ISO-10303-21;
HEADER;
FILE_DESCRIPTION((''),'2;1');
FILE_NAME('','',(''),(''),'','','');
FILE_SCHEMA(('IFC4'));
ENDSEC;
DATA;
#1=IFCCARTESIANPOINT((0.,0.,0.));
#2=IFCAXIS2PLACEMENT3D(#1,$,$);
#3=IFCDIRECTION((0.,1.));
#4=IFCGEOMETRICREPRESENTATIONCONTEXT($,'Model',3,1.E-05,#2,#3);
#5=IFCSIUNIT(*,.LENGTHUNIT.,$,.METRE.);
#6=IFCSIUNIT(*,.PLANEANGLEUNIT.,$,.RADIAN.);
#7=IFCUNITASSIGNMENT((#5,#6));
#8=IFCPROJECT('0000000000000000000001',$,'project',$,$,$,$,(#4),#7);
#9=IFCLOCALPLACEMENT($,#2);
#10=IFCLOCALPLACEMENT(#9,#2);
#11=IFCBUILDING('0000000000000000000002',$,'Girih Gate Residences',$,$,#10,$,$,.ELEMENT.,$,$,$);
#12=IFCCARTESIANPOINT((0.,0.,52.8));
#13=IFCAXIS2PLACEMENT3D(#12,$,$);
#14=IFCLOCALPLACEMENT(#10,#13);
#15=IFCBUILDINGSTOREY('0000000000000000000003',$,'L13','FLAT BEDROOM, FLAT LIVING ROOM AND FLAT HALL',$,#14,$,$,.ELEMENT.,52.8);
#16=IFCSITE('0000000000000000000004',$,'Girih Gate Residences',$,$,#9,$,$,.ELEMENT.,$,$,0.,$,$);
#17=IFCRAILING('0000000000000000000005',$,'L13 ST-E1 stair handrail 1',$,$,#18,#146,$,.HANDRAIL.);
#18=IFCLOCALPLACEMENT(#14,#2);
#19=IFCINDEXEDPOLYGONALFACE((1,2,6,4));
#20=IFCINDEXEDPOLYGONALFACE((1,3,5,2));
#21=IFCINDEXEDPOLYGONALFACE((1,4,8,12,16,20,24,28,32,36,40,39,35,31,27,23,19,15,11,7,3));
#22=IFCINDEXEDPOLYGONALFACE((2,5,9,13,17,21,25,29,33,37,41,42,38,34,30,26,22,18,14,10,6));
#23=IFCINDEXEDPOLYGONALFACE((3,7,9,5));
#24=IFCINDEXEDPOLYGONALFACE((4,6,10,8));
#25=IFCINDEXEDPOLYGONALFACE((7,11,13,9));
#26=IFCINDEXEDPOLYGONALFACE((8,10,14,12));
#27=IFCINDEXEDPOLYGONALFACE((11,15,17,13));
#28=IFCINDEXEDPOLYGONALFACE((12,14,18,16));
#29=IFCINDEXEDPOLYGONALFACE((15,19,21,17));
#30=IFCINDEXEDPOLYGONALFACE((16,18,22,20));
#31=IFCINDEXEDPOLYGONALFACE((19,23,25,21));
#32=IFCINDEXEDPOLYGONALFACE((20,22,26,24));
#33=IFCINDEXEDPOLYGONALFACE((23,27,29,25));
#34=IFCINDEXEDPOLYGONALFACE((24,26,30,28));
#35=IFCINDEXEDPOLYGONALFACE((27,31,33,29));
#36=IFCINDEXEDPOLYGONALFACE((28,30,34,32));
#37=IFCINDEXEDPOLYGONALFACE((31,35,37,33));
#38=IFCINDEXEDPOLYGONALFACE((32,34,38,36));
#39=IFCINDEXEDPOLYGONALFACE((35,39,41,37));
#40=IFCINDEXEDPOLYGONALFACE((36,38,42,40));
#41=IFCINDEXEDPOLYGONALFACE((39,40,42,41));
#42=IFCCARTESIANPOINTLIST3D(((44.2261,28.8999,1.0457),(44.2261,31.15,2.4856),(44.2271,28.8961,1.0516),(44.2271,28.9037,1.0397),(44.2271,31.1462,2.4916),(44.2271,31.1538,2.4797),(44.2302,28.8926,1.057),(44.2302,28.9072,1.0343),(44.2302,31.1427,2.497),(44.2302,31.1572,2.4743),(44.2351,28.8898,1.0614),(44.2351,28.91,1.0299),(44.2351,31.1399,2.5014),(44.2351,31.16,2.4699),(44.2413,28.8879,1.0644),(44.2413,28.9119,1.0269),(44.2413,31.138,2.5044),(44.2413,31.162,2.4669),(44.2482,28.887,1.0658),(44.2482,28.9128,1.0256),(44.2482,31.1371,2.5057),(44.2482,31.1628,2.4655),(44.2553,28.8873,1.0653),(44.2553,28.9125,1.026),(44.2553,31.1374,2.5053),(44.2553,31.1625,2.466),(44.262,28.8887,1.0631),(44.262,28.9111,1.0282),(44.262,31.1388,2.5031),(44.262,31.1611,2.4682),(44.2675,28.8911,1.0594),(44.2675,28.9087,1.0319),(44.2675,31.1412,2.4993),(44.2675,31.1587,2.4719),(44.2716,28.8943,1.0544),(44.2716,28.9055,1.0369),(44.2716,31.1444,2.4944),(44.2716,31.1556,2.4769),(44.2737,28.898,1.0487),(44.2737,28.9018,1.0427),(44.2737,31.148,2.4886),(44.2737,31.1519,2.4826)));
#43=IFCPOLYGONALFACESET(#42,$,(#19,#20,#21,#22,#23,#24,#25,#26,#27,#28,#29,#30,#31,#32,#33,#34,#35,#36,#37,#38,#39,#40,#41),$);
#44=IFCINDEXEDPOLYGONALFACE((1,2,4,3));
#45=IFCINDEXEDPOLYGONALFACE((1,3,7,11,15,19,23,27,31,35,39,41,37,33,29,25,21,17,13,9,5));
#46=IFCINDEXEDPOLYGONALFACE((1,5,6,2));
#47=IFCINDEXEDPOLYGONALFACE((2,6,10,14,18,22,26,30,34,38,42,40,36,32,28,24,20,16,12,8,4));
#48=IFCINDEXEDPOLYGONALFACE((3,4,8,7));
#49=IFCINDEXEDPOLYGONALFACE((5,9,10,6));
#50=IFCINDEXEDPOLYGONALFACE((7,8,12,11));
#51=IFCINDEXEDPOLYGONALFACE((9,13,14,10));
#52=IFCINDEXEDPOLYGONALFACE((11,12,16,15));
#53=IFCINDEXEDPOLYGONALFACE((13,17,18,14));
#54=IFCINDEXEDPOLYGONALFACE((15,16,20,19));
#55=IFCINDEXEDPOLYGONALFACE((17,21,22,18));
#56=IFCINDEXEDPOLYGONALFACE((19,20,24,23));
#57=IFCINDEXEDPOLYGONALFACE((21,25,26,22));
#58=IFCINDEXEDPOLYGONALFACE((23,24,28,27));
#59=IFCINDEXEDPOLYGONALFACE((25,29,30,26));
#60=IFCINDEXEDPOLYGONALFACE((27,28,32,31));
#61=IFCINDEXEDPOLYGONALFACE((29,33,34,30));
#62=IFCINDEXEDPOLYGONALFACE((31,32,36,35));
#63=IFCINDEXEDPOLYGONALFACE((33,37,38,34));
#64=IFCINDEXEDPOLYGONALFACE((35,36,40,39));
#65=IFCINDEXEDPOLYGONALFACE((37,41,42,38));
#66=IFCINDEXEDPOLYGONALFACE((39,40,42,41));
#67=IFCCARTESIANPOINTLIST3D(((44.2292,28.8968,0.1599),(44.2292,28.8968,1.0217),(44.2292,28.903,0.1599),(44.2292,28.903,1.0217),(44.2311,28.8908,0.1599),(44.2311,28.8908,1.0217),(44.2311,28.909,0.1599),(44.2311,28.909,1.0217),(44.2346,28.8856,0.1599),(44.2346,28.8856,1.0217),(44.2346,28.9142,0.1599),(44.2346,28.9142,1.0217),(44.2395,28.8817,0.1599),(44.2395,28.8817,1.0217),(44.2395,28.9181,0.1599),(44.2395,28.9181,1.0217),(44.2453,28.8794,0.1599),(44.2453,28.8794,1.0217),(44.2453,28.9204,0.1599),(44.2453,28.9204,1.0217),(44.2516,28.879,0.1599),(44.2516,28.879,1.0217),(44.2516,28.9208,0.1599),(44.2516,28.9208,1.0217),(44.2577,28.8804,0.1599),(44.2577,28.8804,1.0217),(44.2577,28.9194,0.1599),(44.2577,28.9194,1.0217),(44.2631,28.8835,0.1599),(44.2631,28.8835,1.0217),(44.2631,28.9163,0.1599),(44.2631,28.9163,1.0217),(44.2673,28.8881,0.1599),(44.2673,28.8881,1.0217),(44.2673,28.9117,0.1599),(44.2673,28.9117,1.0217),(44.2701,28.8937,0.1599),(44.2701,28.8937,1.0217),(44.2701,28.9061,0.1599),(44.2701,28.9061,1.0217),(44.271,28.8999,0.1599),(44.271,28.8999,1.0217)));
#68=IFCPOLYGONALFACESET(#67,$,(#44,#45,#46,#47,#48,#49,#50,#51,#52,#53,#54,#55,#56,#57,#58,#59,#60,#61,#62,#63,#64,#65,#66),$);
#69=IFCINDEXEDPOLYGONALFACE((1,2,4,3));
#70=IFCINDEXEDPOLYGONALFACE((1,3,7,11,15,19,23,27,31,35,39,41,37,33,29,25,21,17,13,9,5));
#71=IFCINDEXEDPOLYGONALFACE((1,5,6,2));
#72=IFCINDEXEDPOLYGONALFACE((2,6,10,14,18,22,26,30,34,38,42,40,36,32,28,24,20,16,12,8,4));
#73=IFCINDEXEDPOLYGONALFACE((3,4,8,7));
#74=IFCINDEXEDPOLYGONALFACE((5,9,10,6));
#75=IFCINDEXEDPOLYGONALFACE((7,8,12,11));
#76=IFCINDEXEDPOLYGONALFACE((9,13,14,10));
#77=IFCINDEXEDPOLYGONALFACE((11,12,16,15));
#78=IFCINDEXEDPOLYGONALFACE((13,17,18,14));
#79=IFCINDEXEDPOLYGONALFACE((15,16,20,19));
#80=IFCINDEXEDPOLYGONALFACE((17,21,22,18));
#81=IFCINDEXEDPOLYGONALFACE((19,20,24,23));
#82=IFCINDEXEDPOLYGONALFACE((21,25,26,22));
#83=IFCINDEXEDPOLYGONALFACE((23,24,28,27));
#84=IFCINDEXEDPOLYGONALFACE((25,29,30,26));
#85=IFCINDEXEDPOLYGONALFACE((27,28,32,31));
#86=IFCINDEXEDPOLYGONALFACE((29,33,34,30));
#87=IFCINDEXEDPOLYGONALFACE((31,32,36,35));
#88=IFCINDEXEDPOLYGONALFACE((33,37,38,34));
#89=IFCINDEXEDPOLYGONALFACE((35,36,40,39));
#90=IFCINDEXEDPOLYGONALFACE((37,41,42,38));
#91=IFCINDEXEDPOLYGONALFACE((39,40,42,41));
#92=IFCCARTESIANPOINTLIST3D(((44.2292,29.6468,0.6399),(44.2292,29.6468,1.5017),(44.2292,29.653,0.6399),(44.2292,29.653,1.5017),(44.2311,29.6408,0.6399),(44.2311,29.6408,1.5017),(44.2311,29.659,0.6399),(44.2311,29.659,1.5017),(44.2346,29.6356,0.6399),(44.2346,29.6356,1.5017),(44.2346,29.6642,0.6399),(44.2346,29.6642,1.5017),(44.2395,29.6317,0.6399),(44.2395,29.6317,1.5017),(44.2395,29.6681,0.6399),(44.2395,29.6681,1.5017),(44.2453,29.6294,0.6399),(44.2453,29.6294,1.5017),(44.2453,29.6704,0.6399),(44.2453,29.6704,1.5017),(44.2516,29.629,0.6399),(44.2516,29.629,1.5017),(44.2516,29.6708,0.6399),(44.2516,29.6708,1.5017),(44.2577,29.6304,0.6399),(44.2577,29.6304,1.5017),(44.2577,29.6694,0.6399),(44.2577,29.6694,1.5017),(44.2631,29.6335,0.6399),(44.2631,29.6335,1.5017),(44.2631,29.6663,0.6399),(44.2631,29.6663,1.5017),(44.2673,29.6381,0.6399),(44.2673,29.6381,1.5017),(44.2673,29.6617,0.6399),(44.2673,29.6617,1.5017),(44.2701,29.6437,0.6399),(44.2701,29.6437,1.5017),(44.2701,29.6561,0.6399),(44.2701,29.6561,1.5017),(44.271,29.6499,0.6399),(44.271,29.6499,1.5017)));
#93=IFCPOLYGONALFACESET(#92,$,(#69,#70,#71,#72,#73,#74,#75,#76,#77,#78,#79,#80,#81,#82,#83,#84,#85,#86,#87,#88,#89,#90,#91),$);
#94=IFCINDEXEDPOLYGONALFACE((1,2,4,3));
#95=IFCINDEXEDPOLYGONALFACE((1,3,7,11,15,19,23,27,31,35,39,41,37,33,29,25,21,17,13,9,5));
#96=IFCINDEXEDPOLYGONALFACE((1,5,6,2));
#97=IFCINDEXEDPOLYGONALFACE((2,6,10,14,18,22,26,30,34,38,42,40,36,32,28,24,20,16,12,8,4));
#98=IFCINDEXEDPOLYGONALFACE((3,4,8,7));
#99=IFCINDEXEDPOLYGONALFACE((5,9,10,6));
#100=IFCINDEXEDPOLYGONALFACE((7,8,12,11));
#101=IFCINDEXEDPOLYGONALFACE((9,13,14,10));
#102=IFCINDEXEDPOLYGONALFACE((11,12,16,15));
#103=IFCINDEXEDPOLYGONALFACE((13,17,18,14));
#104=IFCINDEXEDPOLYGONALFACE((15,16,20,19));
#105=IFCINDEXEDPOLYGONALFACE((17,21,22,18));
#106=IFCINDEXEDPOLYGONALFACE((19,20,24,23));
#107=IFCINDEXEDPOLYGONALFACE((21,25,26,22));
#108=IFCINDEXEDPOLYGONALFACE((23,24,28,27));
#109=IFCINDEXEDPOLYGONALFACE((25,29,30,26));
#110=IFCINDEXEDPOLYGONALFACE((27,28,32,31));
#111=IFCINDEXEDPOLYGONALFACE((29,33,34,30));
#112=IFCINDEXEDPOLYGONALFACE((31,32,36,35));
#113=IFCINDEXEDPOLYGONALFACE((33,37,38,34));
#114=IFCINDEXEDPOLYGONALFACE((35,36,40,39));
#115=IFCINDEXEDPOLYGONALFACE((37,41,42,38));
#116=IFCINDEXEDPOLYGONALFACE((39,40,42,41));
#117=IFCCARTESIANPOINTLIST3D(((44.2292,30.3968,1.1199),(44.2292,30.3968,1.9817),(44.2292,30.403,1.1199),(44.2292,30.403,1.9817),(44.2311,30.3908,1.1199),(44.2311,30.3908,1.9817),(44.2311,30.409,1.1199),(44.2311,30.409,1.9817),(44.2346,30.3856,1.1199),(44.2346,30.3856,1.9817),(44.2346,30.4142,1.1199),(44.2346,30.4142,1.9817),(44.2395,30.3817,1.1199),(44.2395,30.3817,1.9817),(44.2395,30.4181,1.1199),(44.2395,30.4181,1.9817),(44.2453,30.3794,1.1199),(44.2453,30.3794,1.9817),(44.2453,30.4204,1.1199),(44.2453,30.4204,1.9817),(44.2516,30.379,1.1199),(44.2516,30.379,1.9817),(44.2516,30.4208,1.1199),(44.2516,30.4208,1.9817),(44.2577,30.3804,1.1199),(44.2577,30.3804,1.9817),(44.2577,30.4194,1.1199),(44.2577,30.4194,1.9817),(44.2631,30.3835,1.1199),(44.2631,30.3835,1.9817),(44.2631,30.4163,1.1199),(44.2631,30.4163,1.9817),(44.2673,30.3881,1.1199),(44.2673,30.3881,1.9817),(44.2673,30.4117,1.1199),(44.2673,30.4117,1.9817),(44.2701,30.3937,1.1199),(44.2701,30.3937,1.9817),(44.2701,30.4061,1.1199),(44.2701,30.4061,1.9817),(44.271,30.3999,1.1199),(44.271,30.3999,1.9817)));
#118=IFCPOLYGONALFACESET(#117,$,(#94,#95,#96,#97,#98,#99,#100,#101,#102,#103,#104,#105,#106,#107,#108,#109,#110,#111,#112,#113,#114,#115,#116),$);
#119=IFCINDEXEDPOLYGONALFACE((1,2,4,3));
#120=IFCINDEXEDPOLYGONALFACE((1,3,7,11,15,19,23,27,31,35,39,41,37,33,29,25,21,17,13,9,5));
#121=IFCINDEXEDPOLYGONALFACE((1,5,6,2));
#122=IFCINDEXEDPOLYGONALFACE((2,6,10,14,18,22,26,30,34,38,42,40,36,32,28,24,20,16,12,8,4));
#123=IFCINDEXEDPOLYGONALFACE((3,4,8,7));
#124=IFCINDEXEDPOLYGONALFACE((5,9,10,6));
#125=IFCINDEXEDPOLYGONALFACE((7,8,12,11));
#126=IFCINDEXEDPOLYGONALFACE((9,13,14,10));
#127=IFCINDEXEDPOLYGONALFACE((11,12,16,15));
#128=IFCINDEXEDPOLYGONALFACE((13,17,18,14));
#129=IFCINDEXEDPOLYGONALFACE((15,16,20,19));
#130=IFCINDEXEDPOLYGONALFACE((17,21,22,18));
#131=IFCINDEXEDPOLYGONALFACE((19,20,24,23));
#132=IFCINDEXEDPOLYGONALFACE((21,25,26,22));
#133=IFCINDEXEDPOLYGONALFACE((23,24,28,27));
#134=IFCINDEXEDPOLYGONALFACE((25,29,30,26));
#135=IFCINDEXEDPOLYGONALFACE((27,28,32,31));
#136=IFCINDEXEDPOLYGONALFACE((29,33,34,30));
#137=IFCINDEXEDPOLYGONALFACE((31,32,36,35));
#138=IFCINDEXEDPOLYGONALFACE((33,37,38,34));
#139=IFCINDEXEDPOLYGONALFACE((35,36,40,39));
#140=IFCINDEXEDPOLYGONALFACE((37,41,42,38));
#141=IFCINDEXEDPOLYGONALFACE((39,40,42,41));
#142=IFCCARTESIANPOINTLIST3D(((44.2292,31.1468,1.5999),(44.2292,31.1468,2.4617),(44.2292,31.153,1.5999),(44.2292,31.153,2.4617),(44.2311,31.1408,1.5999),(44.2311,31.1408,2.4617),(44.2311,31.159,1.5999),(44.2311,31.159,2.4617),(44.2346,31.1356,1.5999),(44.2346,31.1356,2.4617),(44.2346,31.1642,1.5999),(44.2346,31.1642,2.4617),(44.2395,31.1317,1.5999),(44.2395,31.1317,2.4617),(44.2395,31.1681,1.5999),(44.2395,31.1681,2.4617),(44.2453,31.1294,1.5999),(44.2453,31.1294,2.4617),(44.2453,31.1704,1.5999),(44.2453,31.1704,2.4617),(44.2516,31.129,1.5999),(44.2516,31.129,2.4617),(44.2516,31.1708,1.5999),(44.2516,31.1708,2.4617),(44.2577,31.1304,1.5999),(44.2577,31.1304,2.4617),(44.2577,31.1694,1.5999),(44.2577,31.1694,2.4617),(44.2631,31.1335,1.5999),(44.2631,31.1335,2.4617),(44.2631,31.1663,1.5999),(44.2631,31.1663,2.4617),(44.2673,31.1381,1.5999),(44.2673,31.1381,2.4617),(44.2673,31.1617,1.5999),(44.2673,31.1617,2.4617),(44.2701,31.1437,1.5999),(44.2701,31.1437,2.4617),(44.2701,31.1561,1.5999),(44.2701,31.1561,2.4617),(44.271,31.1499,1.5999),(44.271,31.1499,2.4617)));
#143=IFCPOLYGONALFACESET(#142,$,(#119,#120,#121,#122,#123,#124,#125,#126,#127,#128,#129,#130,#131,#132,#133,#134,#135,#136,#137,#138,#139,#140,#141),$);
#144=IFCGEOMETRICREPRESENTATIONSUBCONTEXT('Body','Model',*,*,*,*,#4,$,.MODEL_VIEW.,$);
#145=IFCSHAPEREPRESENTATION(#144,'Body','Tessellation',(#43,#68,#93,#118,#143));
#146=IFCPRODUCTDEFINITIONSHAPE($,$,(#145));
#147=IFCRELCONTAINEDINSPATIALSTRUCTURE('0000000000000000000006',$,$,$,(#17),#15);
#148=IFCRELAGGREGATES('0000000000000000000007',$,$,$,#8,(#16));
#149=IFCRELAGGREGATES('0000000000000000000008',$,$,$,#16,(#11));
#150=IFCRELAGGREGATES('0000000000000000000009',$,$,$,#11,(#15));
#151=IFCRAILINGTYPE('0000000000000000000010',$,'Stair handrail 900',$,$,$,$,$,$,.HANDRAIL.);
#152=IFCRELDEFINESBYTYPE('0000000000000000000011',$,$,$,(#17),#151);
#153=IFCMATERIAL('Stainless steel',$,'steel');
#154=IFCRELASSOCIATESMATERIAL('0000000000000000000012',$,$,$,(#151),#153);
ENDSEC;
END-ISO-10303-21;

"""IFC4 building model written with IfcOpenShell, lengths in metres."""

from ifc_helpers import new_model, si_unit, direction, frame, origin, origin_2d, place, context, subcontext, project, spatial, circle, extrude, material, type_object, element, save


model = new_model("IFC4")

# Units and contexts
model_context = context("Model", 3, precision=1e-05, world=origin(), true_north=direction((0.0, 1.0)))
body_context = subcontext(model_context, "Body", "Model", "MODEL_VIEW")
ifc_project = project(units=[si_unit("LENGTHUNIT", "METRE"), si_unit("PLANEANGLEUNIT", "RADIAN")], contexts=[model_context])

# Site, building, storey
site_placement = place(None, origin())
site = spatial("IfcSite", under=ifc_project, at=site_placement, Name="Girih Gate Residences", CompositionType="ELEMENT", RefElevation=0.0)
building_placement = place(site_placement, origin())
building = spatial("IfcBuilding", under=site, at=building_placement, Name="Girih Gate Residences", CompositionType="ELEMENT")
storey_placement = place(building_placement, frame((0.0, 0.0, 52.8)))
storey = spatial("IfcBuildingStorey", under=building, at=storey_placement, Name="L13", Description="FLAT BEDROOM, FLAT LIVING ROOM AND FLAT HALL", CompositionType="ELEMENT", Elevation=52.8)

# Railing
ifc_material_1 = material(Name="Stainless steel", Category="steel")
railing_type_1 = type_object("IfcRailingType", Name="Stair handrail 900", PredefinedType="HANDRAIL", material=ifc_material_1)
railing_1_placement = place(storey_placement, frame((44.25, 28.8999, 0.1599)))
element("IfcRailing", 1, at=railing_1_placement, inside=storey, type_object=railing_type_1, Name="L13 ST-E1 stair handrail 1", PredefinedType="HANDRAIL", context=body_context, shape_type="SweptSolid", body=[
    extrude(circle(Radius=0.0239, at=origin_2d()), frame((0.0, 0.0, 0.8857), z_axis=(0.0, 0.842281, 0.539038), x_axis=(-1.0, 0.0, 0.0)), (0.0, 0.0, 1.0), 2.6714),
    extrude(circle(Radius=0.021, at=origin_2d()), origin(), (0.0, 0.0, 1.0), 0.8618),
    extrude(circle(Radius=0.021, at=origin_2d()), frame((0.0, 0.75, 0.48)), (0.0, 0.0, 1.0), 0.8618),
    extrude(circle(Radius=0.021, at=origin_2d()), frame((0.0, 1.5, 0.96)), (0.0, 0.0, 1.0), 0.8618),
    extrude(circle(Radius=0.021, at=origin_2d()), frame((0.0, 2.25, 1.4399)), (0.0, 0.0, 1.0), 0.8618),
])

save(model, "model.ifc")
